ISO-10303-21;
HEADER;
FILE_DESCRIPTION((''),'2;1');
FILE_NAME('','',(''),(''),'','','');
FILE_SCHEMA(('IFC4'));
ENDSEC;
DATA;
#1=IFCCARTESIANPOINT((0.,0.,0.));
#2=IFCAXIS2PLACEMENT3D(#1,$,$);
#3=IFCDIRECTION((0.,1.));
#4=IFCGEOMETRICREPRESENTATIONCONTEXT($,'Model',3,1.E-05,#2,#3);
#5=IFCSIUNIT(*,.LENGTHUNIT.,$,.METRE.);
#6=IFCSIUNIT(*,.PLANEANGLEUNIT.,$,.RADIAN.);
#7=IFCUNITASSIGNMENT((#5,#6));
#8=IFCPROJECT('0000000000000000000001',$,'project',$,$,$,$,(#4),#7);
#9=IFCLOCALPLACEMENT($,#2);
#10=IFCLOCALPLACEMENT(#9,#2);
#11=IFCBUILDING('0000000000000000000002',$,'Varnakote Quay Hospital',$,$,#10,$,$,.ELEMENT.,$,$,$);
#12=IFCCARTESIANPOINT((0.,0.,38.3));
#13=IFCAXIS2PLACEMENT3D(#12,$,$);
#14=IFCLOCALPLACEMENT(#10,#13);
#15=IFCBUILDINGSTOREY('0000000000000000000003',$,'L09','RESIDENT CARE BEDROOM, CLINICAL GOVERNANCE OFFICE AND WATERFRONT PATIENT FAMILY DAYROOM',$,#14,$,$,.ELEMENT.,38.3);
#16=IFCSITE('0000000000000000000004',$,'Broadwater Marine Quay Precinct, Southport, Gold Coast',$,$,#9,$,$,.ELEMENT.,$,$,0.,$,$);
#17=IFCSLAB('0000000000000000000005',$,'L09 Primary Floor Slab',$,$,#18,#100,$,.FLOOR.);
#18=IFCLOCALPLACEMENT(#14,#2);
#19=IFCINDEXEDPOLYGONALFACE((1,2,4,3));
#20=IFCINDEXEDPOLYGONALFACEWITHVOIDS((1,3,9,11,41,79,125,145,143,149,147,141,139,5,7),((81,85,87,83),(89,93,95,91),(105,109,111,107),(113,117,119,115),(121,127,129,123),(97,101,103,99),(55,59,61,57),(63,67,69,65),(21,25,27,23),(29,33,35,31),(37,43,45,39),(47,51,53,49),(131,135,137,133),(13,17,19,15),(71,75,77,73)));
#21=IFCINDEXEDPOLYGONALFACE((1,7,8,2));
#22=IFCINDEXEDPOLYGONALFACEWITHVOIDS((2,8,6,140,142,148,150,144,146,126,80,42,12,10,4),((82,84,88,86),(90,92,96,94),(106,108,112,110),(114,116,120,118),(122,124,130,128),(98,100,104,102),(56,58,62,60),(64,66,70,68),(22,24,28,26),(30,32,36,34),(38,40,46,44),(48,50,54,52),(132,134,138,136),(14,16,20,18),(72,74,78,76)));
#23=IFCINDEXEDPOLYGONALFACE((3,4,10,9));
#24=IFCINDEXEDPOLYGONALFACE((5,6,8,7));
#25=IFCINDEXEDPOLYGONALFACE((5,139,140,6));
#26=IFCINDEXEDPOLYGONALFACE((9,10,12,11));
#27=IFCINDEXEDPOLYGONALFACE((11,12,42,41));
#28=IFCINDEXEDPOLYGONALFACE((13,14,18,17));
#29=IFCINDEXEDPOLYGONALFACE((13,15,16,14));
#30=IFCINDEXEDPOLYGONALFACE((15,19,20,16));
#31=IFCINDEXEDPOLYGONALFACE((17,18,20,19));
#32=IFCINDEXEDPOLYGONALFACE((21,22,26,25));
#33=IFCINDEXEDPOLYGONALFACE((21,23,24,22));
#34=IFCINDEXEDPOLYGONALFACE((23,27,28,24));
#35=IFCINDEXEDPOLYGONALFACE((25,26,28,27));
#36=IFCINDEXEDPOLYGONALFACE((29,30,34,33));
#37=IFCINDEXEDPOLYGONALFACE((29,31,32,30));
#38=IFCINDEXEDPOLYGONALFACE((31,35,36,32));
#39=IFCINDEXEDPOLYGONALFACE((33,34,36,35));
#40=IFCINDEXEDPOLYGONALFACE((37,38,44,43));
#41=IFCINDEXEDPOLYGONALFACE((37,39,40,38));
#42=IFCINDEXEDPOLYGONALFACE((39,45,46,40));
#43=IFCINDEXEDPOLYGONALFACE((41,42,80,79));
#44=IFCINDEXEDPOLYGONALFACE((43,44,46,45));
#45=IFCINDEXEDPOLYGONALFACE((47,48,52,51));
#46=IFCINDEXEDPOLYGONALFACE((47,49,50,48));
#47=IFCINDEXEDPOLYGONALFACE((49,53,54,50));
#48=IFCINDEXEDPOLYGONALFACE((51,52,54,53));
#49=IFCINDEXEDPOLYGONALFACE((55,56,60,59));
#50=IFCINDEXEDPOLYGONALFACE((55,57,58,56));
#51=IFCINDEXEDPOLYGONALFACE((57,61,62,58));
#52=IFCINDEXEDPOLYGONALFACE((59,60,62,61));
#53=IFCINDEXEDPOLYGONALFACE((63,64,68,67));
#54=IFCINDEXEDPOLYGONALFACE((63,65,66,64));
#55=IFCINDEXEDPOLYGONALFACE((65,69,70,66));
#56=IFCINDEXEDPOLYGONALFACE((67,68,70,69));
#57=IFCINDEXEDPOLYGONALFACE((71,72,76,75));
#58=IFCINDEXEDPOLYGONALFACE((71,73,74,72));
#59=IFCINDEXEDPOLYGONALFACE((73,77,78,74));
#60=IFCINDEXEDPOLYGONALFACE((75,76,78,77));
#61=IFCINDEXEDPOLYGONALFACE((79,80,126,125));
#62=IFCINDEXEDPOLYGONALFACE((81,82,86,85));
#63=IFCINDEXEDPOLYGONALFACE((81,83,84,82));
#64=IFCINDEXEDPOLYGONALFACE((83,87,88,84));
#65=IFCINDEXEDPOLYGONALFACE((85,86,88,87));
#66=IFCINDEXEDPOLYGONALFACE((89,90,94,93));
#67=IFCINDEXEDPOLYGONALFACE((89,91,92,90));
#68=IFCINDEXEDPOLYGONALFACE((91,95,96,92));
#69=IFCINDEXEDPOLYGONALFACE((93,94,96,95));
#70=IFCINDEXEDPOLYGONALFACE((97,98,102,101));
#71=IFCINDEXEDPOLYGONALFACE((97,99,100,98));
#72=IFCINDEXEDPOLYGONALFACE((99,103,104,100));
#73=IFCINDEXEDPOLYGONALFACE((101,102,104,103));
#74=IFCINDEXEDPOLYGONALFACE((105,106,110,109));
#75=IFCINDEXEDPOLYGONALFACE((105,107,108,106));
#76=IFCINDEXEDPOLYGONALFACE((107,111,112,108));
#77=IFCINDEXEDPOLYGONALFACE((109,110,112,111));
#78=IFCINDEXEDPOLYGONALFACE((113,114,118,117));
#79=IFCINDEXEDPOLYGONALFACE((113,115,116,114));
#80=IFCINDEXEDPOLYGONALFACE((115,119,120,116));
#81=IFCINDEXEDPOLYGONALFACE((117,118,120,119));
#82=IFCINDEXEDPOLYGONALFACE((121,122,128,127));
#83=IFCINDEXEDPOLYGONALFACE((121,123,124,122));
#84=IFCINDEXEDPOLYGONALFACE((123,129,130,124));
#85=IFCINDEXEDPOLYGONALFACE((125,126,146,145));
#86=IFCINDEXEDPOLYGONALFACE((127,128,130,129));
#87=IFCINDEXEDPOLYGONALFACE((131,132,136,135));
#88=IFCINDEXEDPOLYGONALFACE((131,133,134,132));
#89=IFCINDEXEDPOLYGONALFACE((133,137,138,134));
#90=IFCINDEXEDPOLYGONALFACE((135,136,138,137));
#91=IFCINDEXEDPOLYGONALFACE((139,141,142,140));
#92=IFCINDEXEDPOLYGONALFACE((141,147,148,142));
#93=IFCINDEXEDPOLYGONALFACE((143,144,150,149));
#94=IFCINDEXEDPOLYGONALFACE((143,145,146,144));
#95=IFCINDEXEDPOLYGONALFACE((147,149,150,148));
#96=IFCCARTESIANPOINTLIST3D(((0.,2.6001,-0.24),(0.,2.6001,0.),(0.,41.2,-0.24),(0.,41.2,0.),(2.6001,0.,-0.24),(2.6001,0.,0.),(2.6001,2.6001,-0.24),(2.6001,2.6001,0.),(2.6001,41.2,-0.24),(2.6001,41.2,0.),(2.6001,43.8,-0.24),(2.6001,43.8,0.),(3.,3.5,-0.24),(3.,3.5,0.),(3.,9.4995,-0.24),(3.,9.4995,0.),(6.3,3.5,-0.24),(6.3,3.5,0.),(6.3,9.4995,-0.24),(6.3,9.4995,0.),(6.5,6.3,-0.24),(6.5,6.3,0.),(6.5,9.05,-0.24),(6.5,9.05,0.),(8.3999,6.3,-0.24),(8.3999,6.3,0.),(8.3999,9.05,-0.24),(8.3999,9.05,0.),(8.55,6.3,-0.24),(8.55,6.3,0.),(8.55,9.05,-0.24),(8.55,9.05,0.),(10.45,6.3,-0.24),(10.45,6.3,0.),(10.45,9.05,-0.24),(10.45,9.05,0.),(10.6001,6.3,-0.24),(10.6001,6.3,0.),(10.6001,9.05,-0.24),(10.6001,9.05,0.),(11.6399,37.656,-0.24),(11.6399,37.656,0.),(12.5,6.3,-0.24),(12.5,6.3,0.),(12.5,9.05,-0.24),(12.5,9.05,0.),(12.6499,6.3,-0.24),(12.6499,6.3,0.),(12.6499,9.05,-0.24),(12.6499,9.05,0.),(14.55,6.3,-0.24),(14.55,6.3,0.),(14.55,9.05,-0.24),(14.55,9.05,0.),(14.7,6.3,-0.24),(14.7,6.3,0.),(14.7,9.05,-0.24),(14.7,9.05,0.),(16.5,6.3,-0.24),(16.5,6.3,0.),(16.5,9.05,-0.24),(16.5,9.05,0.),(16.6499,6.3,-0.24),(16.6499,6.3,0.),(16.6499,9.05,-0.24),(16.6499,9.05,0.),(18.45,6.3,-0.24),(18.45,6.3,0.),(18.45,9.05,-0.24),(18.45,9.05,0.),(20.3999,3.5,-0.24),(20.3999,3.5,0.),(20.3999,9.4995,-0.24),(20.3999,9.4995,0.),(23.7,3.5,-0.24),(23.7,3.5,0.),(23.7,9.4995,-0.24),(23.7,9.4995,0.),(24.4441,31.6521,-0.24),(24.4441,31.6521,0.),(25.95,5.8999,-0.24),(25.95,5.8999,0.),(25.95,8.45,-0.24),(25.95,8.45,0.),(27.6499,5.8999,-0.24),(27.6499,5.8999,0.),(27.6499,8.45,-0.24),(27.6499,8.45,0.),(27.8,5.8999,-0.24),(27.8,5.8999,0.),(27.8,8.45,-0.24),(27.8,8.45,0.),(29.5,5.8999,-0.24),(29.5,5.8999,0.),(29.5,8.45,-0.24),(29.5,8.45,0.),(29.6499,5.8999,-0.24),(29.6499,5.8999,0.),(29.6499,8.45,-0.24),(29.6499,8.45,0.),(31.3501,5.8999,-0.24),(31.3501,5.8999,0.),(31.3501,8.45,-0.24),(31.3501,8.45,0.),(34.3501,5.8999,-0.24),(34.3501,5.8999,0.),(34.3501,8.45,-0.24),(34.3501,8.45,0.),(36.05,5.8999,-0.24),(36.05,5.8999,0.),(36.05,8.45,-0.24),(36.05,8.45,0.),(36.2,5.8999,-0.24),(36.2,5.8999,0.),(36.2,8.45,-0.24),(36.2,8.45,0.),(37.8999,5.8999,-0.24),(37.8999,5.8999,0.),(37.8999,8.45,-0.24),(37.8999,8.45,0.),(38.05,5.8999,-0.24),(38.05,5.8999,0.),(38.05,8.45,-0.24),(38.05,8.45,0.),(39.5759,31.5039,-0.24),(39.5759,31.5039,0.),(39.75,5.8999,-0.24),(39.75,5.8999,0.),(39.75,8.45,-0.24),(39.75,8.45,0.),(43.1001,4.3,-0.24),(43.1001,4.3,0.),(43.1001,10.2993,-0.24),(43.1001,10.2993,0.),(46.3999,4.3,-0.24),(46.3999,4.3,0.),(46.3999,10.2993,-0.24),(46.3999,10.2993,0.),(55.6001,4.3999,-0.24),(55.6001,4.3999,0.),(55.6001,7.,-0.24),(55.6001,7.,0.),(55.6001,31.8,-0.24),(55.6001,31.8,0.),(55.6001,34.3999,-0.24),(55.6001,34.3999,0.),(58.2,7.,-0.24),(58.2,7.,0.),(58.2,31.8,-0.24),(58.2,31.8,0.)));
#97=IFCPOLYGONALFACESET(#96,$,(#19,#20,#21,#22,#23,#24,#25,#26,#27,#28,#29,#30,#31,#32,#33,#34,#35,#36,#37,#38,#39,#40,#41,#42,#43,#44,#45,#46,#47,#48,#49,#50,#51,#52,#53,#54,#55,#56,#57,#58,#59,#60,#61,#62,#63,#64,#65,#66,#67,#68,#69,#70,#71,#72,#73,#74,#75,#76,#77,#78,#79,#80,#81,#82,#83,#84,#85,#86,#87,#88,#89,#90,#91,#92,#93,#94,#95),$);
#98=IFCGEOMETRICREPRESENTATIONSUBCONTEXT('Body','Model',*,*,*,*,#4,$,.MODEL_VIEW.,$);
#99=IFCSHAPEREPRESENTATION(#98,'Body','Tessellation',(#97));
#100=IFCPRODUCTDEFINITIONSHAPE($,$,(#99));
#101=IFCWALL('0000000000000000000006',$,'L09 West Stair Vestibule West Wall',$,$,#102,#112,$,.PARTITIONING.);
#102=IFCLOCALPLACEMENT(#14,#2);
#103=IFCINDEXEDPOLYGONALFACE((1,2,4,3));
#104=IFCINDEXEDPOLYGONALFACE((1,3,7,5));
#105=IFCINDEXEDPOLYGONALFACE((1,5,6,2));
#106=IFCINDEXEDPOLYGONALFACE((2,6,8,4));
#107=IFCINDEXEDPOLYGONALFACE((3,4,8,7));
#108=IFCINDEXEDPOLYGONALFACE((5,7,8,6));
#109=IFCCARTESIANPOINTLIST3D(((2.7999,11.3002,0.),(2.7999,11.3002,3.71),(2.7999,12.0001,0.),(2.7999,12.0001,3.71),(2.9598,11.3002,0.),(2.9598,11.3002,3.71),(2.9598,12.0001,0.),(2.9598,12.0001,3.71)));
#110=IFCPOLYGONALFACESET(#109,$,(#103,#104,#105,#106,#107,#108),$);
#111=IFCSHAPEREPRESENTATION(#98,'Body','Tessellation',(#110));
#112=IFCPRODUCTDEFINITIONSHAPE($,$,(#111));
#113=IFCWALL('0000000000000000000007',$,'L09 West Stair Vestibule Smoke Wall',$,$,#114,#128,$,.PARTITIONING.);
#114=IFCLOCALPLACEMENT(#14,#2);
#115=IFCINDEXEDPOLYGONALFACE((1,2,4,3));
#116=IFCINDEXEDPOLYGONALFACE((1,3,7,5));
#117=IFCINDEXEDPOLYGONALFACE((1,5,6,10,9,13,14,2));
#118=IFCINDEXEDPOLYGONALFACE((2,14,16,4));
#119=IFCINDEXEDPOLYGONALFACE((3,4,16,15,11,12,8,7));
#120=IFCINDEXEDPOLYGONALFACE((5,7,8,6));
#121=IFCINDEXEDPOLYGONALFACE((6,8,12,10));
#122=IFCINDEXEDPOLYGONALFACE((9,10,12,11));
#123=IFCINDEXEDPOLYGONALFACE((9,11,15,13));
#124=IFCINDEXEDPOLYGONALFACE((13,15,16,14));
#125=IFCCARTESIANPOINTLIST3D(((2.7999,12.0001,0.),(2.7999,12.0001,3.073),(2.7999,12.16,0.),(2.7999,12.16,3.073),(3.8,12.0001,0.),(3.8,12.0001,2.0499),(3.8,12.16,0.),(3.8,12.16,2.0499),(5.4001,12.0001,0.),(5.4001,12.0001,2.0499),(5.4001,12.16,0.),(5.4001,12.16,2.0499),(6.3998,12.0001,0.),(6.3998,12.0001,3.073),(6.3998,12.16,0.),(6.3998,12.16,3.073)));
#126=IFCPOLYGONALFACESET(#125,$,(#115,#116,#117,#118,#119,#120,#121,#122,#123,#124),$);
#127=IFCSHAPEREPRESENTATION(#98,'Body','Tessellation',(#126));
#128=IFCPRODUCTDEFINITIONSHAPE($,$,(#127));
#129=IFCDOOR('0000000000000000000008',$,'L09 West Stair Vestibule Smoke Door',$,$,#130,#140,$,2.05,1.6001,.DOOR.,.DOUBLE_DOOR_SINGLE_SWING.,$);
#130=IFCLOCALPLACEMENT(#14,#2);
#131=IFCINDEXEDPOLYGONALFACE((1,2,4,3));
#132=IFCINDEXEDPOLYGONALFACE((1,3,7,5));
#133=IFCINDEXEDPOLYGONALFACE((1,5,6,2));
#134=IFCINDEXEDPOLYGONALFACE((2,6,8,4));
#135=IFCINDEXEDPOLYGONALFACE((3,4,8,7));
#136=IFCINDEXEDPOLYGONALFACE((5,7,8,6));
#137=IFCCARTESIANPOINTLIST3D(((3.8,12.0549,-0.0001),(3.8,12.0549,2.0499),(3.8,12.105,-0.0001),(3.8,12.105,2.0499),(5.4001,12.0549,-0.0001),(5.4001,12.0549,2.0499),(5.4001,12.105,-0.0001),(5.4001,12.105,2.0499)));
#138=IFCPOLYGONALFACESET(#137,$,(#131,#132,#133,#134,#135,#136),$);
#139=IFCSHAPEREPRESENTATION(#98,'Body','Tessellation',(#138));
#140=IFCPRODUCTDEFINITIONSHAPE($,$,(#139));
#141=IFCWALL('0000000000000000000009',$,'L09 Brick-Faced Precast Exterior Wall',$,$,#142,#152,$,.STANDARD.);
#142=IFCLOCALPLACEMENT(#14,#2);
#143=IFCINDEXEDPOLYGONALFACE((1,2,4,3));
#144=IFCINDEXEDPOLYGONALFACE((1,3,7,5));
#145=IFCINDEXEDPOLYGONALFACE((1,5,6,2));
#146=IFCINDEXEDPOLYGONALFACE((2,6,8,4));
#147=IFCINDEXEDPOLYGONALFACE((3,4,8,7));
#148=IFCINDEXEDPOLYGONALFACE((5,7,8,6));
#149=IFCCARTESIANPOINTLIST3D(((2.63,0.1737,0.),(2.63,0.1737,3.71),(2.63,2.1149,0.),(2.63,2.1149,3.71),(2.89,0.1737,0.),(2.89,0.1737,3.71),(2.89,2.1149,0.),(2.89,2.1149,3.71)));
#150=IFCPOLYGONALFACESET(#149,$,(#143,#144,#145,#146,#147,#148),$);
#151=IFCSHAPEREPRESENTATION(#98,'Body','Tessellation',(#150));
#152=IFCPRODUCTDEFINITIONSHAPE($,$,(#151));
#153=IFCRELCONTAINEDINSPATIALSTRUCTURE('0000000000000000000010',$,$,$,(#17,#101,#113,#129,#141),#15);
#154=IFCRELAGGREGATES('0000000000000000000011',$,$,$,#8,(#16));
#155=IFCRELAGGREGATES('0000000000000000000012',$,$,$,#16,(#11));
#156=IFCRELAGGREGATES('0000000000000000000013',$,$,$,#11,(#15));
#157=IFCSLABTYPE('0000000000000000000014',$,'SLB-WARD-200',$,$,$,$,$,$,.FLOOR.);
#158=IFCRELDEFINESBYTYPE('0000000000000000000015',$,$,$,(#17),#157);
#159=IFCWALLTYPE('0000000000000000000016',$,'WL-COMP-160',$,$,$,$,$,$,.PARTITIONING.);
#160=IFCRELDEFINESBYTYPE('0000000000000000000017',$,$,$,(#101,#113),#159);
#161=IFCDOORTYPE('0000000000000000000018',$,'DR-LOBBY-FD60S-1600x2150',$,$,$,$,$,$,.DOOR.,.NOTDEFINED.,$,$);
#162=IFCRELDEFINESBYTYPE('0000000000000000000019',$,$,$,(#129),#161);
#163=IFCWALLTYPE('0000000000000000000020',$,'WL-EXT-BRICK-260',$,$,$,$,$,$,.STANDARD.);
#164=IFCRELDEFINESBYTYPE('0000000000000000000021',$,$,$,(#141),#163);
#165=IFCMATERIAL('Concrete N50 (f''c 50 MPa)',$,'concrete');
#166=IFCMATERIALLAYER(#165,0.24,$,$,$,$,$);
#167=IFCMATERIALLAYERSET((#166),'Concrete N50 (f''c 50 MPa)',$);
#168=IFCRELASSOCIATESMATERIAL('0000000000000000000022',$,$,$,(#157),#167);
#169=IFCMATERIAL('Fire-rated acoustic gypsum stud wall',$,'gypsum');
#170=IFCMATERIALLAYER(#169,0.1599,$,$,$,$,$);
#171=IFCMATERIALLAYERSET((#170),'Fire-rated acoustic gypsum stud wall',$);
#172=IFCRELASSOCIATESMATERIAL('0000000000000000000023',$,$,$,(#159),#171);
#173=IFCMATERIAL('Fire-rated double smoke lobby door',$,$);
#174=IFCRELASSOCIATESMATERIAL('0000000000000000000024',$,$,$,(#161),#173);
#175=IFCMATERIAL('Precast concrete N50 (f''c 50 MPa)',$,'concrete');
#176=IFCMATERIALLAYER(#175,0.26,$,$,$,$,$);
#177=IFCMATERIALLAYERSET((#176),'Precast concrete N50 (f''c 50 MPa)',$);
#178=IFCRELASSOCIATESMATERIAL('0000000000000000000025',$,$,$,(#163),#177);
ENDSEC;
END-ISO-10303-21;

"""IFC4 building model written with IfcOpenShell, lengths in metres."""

from ifc_helpers import new_model, si_unit, direction, frame, frame_2d, origin, place, context, subcontext, project, spatial, polyline, rectangle, outline, extrude, material, layer, layer_set, type_object, element, fill, save


model = new_model("IFC4")

# Units and contexts
model_context = context("Model", 3, precision=1e-05, world=origin(), true_north=direction((0.0, 1.0)))
body_context = subcontext(model_context, "Body", "Model", "MODEL_VIEW")
ifc_project = project(units=[si_unit("LENGTHUNIT", "METRE"), si_unit("PLANEANGLEUNIT", "RADIAN")], contexts=[model_context])

# Site, building, storey
site_placement = place(None, origin())
site = spatial("IfcSite", under=ifc_project, at=site_placement, Name="Broadwater Marine Quay Precinct, Southport, Gold Coast", CompositionType="ELEMENT", RefElevation=0.0)
building_placement = place(site_placement, origin())
building = spatial("IfcBuilding", under=site, at=building_placement, Name="Varnakote Quay Hospital", CompositionType="ELEMENT")
storey_placement = place(building_placement, frame((0.0, 0.0, 38.3)))
storey = spatial("IfcBuildingStorey", under=building, at=storey_placement, Name="L09", Description="RESIDENT CARE BEDROOM, CLINICAL GOVERNANCE OFFICE AND WATERFRONT PATIENT FAMILY DAYROOM", CompositionType="ELEMENT", Elevation=38.3)

# Slab
ifc_material_1 = material(Name="Concrete N50 (f'c 50 MPa)", Category="concrete")
ifc_layer_1 = layer(ifc_material_1, 0.24)
ifc_layer_set_1 = layer_set([ifc_layer_1], Name="Concrete N50 (f'c 50 MPa)")
slab_type_1 = type_object("IfcSlabType", Name="SLB-WARD-200", PredefinedType="FLOOR", material=ifc_layer_set_1)
slab_1_placement = place(storey_placement, frame((0.0, 0.0, -0.24)))
element("IfcSlab", 1, at=slab_1_placement, inside=storey, type_object=slab_type_1, Name="L09 Primary Floor Slab", PredefinedType="FLOOR", context=body_context, shape_type="SweptSolid", body=[
    extrude(outline(polyline([(0.0, 2.6001), (2.6001, 2.6001), (2.6001, 0.0), (55.6001, 4.3999), (55.6001, 7.0), (58.2, 7.0), (58.2, 31.8), (55.6001, 31.8), (55.6001, 34.3999), (39.5759, 31.5039), (24.4441, 31.6521), (11.6399, 37.656), (2.6001, 43.8), (2.6001, 41.2), (0.0, 41.2), (0.0, 2.6001)]), holes=[polyline([(3.0, 3.5), (6.3, 3.5), (6.3, 9.4995), (3.0, 9.4995), (3.0, 3.5)]), polyline([(20.3999, 3.5), (23.7, 3.5), (23.7, 9.4995), (20.3999, 9.4995), (20.3999, 3.5)]), polyline([(43.1001, 4.3), (46.3999, 4.3), (46.3999, 10.2993), (43.1001, 10.2993), (43.1001, 4.3)]), polyline([(6.5, 6.3), (8.3999, 6.3), (8.3999, 9.05), (6.5, 9.05), (6.5, 6.3)]), polyline([(8.55, 6.3), (10.45, 6.3), (10.45, 9.05), (8.55, 9.05), (8.55, 6.3)]), polyline([(10.6001, 6.3), (12.5, 6.3), (12.5, 9.05), (10.6001, 9.05), (10.6001, 6.3)]), polyline([(12.6499, 6.3), (14.55, 6.3), (14.55, 9.05), (12.6499, 9.05), (12.6499, 6.3)]), polyline([(14.7, 6.3), (16.5, 6.3), (16.5, 9.05), (14.7, 9.05), (14.7, 6.3)]), polyline([(16.6499, 6.3), (18.45, 6.3), (18.45, 9.05), (16.6499, 9.05), (16.6499, 6.3)]), polyline([(25.95, 5.8999), (27.6499, 5.8999), (27.6499, 8.45), (25.95, 8.45), (25.95, 5.8999)]), polyline([(27.8, 5.8999), (29.5, 5.8999), (29.5, 8.45), (27.8, 8.45), (27.8, 5.8999)]), polyline([(29.6499, 5.8999), (31.3501, 5.8999), (31.3501, 8.45), (29.6499, 8.45), (29.6499, 5.8999)]), polyline([(34.3501, 5.8999), (36.05, 5.8999), (36.05, 8.45), (34.3501, 8.45), (34.3501, 5.8999)]), polyline([(36.2, 5.8999), (37.8999, 5.8999), (37.8999, 8.45), (36.2, 8.45), (36.2, 5.8999)]), polyline([(38.05, 5.8999), (39.75, 5.8999), (39.75, 8.45), (38.05, 8.45), (38.05, 5.8999)])]), origin(), (0.0, 0.0, 1.0), 0.24),
])

# Wall
ifc_material_2 = material(Name="Fire-rated acoustic gypsum stud wall", Category="gypsum")
ifc_layer_2 = layer(ifc_material_2, 0.1599)
ifc_layer_set_2 = layer_set([ifc_layer_2], Name="Fire-rated acoustic gypsum stud wall")
wall_type_1 = type_object("IfcWallType", Name="WL-COMP-160", PredefinedType="PARTITIONING", material=ifc_layer_set_2)
wall_1_placement = place(storey_placement, frame((2.8799, 11.3, 0.0), z_axis=(0.0, 0.0, 1.0), x_axis=(0.0, 1.0, 0.0)))
element("IfcWall", 2, at=wall_1_placement, inside=storey, type_object=wall_type_1, Name="L09 West Stair Vestibule West Wall", PredefinedType="PARTITIONING", context=body_context, shape_type="SweptSolid", body=[
    extrude(rectangle(XDim=0.7, YDim=0.1599, at=frame_2d((0.3501, 0.0))), origin(), (0.0, 0.0, 1.0), 3.71),
])

# Wall, opening, door
wall_2_placement = place(storey_placement, frame((2.8, 12.0801, 0.0), z_axis=(0.0, 0.0, 1.0), x_axis=(1.0, 0.0, 0.0)))
wall_2 = element("IfcWall", 3, at=wall_2_placement, inside=storey, type_object=wall_type_1, Name="L09 West Stair Vestibule Smoke Wall", PredefinedType="PARTITIONING", context=body_context, shape_type="SweptSolid", body=[
    extrude(rectangle(XDim=3.5999, YDim=0.1599, at=frame_2d((1.7998, 0.0))), origin(), (0.0, 0.0, 1.0), 3.073),
])
opening_1_placement = place(wall_2_placement, frame((1.0, 0.0, 0.0)))
opening_1 = element("IfcOpeningElement", 4, at=opening_1_placement, cuts=wall_2, PredefinedType="OPENING", context=body_context, shape_type="SweptSolid", body=[
    extrude(rectangle(XDim=1.6001, YDim=2.05, at=frame_2d((0.8, 1.0249))), frame((0.0, 0.0898, 0.0), z_axis=(0.0, -1.0, 0.0), x_axis=(1.0, 0.0, 0.0)), (0.0, 0.0, 1.0), 0.1799),
])
ifc_material_3 = material(Name="Fire-rated double smoke lobby door")
door_type_1 = type_object("IfcDoorType", Name="DR-LOBBY-FD60S-1600x2150", OperationType="NOTDEFINED", PredefinedType="DOOR", material=ifc_material_3)
door_1_placement = place(opening_1_placement, origin())
door_1 = element("IfcDoor", 5, at=door_1_placement, inside=storey, type_object=door_type_1, Name="L09 West Stair Vestibule Smoke Door", OperationType="DOUBLE_DOOR_SINGLE_SWING", OverallHeight=2.05, OverallWidth=1.6001, PredefinedType="DOOR", context=body_context, shape_type="SweptSolid", body=[
    extrude(rectangle(XDim=1.6001, YDim=2.05, at=frame_2d((0.8, 1.0249))), frame((0.0, 0.0249, 0.0), z_axis=(0.0, -1.0, 0.0), x_axis=(1.0, 0.0, 0.0)), (0.0, 0.0, 1.0), 0.05),
])
fill(opening_1, door_1)

# Wall
ifc_material_4 = material(Name="Precast concrete N50 (f'c 50 MPa)", Category="concrete")
ifc_layer_3 = layer(ifc_material_4, 0.26)
ifc_layer_set_3 = layer_set([ifc_layer_3], Name="Precast concrete N50 (f'c 50 MPa)")
wall_type_2 = type_object("IfcWallType", Name="WL-EXT-BRICK-260", PredefinedType="STANDARD", material=ifc_layer_set_3)
wall_3_placement = place(storey_placement, frame((2.76, 2.115, 0.0), z_axis=(0.0, 0.0, 1.0), x_axis=(0.0, -1.0, 0.0)))
element("IfcWall", 6, at=wall_3_placement, inside=storey, type_object=wall_type_2, Name="L09 Brick-Faced Precast Exterior Wall", PredefinedType="STANDARD", context=body_context, shape_type="SweptSolid", body=[
    extrude(rectangle(XDim=1.9412, YDim=0.26, at=frame_2d((0.9707, 0.0))), origin(), (0.0, 0.0, 1.0), 3.71),
])

save(model, "model.ifc")
